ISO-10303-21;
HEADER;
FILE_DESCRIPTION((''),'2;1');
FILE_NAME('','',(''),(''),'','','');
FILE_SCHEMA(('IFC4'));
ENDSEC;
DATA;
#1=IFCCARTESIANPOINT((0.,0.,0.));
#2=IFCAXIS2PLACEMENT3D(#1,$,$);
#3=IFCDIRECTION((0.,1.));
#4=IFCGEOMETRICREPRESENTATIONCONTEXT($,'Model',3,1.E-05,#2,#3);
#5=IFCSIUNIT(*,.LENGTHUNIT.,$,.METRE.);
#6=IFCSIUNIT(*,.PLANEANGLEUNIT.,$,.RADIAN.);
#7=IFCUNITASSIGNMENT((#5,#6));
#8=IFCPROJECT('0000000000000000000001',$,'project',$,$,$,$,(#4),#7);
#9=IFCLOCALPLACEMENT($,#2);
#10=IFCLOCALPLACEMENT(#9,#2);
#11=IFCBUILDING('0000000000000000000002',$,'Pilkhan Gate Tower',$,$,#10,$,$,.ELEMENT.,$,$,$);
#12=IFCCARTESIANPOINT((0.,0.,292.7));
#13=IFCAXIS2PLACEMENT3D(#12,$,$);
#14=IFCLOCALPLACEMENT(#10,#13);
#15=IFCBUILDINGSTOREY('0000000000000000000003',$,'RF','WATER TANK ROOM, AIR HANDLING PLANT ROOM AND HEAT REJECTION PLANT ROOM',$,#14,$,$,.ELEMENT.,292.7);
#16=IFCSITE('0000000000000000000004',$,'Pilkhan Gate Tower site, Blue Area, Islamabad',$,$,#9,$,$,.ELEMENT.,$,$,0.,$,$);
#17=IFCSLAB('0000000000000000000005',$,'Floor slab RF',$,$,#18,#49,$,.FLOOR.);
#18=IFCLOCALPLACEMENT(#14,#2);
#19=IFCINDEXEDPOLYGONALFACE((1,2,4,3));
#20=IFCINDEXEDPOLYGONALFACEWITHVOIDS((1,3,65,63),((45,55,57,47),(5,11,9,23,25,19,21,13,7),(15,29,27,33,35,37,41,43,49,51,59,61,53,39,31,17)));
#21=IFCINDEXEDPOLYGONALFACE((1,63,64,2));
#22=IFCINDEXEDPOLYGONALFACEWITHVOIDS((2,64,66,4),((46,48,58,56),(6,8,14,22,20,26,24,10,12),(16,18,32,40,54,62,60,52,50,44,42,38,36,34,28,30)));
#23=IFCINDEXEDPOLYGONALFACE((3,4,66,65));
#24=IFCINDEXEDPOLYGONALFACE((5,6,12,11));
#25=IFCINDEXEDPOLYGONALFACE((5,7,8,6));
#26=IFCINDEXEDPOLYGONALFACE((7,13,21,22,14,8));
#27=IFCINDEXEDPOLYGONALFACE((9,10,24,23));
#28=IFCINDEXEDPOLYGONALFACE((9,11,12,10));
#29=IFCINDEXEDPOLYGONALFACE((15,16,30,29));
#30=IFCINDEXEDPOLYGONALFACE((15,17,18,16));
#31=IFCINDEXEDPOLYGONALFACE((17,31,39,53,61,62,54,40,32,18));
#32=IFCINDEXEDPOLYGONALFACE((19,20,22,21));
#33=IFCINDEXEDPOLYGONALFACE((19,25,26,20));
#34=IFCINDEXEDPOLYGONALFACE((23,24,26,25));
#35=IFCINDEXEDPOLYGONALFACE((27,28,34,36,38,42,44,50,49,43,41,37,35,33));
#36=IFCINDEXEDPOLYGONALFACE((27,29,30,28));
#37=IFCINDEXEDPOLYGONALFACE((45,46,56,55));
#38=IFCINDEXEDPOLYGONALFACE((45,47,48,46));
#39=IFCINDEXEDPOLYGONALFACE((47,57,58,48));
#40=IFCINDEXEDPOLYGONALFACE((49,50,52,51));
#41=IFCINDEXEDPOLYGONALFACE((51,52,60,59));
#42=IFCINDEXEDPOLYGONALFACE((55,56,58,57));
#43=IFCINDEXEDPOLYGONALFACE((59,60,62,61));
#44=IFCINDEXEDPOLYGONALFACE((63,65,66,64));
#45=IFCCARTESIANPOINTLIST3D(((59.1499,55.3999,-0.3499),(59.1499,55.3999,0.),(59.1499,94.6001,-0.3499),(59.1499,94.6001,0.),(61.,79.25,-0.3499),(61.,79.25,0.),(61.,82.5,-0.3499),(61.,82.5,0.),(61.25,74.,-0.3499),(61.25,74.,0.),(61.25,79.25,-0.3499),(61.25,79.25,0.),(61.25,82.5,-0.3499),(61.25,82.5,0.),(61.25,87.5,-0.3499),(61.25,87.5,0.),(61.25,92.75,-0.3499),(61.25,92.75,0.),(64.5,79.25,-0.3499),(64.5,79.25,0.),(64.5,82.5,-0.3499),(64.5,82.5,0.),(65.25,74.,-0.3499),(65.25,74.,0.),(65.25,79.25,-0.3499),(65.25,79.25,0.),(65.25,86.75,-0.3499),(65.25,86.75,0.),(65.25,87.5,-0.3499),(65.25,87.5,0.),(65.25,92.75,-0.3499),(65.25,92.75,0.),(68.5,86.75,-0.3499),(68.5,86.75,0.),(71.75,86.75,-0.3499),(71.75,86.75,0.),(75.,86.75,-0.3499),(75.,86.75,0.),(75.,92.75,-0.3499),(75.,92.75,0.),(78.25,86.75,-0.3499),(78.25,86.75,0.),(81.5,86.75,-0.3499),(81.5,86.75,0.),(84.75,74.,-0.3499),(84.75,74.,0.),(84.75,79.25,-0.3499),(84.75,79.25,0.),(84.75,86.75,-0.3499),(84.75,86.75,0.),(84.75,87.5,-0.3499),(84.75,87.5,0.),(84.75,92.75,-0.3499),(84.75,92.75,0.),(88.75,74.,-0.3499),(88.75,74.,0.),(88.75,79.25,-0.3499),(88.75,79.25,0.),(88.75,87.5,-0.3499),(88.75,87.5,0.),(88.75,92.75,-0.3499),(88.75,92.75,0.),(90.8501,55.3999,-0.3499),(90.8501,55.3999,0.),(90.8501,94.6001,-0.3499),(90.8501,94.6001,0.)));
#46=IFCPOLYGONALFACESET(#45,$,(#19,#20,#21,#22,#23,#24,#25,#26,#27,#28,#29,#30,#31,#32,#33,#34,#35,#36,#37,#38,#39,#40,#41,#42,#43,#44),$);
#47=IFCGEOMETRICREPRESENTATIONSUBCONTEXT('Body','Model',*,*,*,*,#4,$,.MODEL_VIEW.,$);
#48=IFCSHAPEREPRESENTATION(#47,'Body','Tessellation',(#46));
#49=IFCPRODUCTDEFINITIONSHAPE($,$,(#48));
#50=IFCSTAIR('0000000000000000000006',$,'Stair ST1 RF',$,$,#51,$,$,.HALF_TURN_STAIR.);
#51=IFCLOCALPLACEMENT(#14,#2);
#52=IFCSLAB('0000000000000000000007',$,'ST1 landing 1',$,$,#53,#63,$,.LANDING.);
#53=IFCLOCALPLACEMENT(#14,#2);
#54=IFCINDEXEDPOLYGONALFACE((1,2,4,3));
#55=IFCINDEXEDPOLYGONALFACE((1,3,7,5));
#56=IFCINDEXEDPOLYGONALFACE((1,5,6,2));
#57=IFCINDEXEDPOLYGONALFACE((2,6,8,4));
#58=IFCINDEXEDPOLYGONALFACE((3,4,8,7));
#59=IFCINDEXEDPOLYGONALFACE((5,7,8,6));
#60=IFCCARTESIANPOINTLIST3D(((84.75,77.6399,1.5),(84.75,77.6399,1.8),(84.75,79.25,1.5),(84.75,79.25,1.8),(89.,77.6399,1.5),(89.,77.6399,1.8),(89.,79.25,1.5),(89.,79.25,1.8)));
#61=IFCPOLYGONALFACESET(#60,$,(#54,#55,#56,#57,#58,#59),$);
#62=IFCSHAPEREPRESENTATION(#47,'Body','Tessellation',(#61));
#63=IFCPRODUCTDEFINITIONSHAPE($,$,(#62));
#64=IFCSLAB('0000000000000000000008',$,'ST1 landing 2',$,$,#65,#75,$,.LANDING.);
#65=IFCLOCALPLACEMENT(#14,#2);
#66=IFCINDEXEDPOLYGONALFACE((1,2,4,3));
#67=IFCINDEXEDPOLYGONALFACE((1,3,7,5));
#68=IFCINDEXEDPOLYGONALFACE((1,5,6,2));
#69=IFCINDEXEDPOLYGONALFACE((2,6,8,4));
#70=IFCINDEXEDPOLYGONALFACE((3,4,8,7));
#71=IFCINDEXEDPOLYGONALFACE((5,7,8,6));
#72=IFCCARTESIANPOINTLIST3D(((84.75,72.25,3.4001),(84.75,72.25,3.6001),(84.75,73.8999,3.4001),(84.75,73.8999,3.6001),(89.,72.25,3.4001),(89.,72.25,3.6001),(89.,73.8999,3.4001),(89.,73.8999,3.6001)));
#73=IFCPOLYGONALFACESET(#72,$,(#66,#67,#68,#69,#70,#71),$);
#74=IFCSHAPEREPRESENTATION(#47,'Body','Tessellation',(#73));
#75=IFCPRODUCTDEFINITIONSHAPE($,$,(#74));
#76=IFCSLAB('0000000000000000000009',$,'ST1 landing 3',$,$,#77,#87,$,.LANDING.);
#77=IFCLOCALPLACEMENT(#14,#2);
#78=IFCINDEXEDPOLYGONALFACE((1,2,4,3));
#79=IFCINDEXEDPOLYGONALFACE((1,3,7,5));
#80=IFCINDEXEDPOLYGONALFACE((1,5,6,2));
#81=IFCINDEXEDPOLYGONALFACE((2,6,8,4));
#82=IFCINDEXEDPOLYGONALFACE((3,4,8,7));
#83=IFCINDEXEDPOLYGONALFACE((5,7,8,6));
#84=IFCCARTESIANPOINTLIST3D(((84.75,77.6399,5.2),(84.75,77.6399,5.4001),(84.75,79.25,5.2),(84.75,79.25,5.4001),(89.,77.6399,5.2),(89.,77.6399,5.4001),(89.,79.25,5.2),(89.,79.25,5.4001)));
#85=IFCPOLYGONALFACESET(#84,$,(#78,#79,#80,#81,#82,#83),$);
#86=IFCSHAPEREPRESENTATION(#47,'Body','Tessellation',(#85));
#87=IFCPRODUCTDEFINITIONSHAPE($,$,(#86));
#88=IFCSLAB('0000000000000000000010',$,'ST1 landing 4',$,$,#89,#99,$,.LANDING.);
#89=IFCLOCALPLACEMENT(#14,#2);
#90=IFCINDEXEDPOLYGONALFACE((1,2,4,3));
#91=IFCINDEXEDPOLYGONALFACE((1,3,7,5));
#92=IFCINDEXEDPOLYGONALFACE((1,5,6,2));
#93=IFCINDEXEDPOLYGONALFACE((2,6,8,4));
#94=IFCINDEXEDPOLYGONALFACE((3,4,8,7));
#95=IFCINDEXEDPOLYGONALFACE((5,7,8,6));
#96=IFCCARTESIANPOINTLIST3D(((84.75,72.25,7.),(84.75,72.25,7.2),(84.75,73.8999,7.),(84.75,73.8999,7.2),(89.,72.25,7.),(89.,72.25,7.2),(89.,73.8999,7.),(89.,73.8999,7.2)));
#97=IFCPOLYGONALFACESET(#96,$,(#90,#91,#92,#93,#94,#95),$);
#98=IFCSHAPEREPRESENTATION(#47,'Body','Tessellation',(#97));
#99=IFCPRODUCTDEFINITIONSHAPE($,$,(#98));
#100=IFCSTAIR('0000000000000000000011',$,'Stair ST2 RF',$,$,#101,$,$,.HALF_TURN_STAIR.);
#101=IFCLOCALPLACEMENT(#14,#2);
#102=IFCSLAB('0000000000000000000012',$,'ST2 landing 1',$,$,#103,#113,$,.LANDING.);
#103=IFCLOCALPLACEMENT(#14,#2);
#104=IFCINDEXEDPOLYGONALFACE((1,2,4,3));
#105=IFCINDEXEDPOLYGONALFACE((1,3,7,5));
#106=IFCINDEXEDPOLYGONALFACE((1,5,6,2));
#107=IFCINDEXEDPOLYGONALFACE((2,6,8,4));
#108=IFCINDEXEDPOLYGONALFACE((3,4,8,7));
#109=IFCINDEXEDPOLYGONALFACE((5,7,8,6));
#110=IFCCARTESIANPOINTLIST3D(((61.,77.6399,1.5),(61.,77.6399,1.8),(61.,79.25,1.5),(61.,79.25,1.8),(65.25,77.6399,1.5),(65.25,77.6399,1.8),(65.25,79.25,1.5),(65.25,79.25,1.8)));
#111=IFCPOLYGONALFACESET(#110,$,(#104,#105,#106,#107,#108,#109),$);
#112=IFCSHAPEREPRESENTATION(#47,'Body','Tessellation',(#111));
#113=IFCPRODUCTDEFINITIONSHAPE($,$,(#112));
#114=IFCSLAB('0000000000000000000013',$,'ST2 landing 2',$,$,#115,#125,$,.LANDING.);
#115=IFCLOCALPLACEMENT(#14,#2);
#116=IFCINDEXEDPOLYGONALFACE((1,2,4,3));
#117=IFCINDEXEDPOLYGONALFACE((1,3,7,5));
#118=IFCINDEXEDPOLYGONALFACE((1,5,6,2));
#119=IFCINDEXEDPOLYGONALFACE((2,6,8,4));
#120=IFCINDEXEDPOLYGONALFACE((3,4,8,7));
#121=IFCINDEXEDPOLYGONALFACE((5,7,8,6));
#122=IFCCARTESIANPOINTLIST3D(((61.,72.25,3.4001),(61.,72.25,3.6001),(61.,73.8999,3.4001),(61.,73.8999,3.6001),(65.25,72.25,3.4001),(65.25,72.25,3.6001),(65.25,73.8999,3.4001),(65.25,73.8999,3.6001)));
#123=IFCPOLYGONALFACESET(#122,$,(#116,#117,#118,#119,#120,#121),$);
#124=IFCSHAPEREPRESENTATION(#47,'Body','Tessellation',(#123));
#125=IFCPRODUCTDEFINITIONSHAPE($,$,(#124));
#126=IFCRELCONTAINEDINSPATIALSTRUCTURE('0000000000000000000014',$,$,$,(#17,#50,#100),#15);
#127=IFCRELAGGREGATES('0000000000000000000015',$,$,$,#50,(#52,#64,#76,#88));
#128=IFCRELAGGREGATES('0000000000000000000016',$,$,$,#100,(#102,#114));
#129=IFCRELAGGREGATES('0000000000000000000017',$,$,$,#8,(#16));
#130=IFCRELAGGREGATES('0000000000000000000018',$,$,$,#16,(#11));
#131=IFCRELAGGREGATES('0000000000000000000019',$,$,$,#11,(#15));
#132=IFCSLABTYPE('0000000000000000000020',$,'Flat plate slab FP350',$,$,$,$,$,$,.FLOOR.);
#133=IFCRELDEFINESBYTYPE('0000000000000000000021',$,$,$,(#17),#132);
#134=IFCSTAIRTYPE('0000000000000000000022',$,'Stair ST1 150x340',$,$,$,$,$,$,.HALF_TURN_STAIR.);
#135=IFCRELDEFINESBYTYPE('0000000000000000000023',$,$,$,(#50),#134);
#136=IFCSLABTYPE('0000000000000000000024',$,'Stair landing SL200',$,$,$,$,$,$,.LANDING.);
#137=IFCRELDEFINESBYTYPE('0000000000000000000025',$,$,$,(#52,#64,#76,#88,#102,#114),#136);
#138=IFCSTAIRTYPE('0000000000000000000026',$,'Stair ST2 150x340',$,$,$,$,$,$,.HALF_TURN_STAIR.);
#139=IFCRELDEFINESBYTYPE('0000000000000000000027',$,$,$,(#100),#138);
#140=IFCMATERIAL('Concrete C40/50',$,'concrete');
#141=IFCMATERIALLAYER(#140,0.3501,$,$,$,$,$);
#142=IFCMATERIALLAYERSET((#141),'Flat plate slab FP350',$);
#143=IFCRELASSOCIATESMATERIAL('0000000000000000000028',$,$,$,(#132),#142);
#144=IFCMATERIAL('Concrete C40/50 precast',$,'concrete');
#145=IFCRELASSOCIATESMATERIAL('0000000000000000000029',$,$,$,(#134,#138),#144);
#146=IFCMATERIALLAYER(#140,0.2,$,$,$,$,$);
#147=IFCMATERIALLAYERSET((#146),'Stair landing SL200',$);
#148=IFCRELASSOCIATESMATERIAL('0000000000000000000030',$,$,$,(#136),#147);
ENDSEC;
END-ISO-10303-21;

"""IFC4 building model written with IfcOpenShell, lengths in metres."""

from ifc_helpers import new_model, si_unit, direction, frame, origin, place, context, subcontext, project, spatial, polyline, outline, extrude, material, layer, layer_set, type_object, element, aggregate, save


model = new_model("IFC4")

# Units and contexts
model_context = context("Model", 3, precision=1e-05, world=origin(), true_north=direction((0.0, 1.0)))
body_context = subcontext(model_context, "Body", "Model", "MODEL_VIEW")
ifc_project = project(units=[si_unit("LENGTHUNIT", "METRE"), si_unit("PLANEANGLEUNIT", "RADIAN")], contexts=[model_context])

# Site, building, storey
site_placement = place(None, origin())
site = spatial("IfcSite", under=ifc_project, at=site_placement, Name="Pilkhan Gate Tower site, Blue Area, Islamabad", CompositionType="ELEMENT", RefElevation=0.0)
building_placement = place(site_placement, origin())
building = spatial("IfcBuilding", under=site, at=building_placement, Name="Pilkhan Gate Tower", CompositionType="ELEMENT")
storey_placement = place(building_placement, frame((0.0, 0.0, 292.7)))
storey = spatial("IfcBuildingStorey", under=building, at=storey_placement, Name="RF", Description="WATER TANK ROOM, AIR HANDLING PLANT ROOM AND HEAT REJECTION PLANT ROOM", CompositionType="ELEMENT", Elevation=292.7)

# Slab
ifc_material_1 = material(Name="Concrete C40/50", Category="concrete")
ifc_layer_1 = layer(ifc_material_1, 0.3501)
ifc_layer_set_1 = layer_set([ifc_layer_1], Name="Flat plate slab FP350")
slab_type_1 = type_object("IfcSlabType", Name="Flat plate slab FP350", PredefinedType="FLOOR", material=ifc_layer_set_1)
slab_1_placement = place(storey_placement, frame((0.0, 0.0, -0.3499)))
element("IfcSlab", 1, at=slab_1_placement, inside=storey, type_object=slab_type_1, Name="Floor slab RF", PredefinedType="FLOOR", context=body_context, shape_type="SweptSolid", body=[
    extrude(outline(polyline([(59.1499, 94.6001), (90.8501, 94.6001), (90.8501, 55.3999), (59.1499, 55.3999), (59.1499, 94.6001)]), holes=[polyline([(78.25, 86.75), (81.5, 86.75), (84.75, 86.75), (84.75, 87.5), (88.75, 87.5), (88.75, 92.75), (84.75, 92.75), (75.0, 92.75), (65.25, 92.75), (61.25, 92.75), (61.25, 87.5), (65.25, 87.5), (65.25, 86.75), (68.5, 86.75), (71.75, 86.75), (75.0, 86.75), (78.25, 86.75)]), polyline([(84.75, 79.25), (84.75, 74.0), (88.75, 74.0), (88.75, 79.25), (84.75, 79.25)]), polyline([(65.25, 79.25), (64.5, 79.25), (64.5, 82.5), (61.25, 82.5), (61.0, 82.5), (61.0, 79.25), (61.25, 79.25), (61.25, 74.0), (65.25, 74.0), (65.25, 79.25)])]), origin(), (0.0, 0.0, 1.0), 0.3499),
])

# Stairs, slabs
ifc_material_2 = material(Name="Concrete C40/50 precast", Category="concrete")
stair_type_1 = type_object("IfcStairType", Name="Stair ST1 150x340", PredefinedType="HALF_TURN_STAIR", material=ifc_material_2)
stair_1_placement = place(storey_placement, origin())
stair_1 = element("IfcStair", 2, at=stair_1_placement, inside=storey, type_object=stair_type_1, Name="Stair ST1 RF", PredefinedType="HALF_TURN_STAIR")
ifc_layer_2 = layer(ifc_material_1, 0.2)
ifc_layer_set_2 = layer_set([ifc_layer_2], Name="Stair landing SL200")
slab_type_2 = type_object("IfcSlabType", Name="Stair landing SL200", PredefinedType="LANDING", material=ifc_layer_set_2)
slab_2_placement = place(storey_placement, frame((0.0, 0.0, 1.5)))
slab_2 = element("IfcSlab", 3, at=slab_2_placement, type_object=slab_type_2, Name="ST1 landing 1", PredefinedType="LANDING", context=body_context, shape_type="SweptSolid", body=[
    extrude(outline(polyline([(89.0, 77.6399), (89.0, 79.25), (84.75, 79.25), (84.75, 77.6399), (89.0, 77.6399)])), origin(), (0.0, 0.0, 1.0), 0.3),
])
slab_3_placement = place(storey_placement, frame((0.0, 0.0, 3.4001)))
slab_3 = element("IfcSlab", 4, at=slab_3_placement, type_object=slab_type_2, Name="ST1 landing 2", PredefinedType="LANDING", context=body_context, shape_type="SweptSolid", body=[
    extrude(outline(polyline([(89.0, 72.25), (89.0, 73.8999), (84.75, 73.8999), (84.75, 72.25), (89.0, 72.25)])), origin(), (0.0, 0.0, 1.0), 0.2),
])
slab_4_placement = place(storey_placement, frame((0.0, 0.0, 5.2)))
slab_4 = element("IfcSlab", 5, at=slab_4_placement, type_object=slab_type_2, Name="ST1 landing 3", PredefinedType="LANDING", context=body_context, shape_type="SweptSolid", body=[
    extrude(outline(polyline([(89.0, 77.6399), (89.0, 79.25), (84.75, 79.25), (84.75, 77.6399), (89.0, 77.6399)])), origin(), (0.0, 0.0, 1.0), 0.2002),
])
slab_5_placement = place(storey_placement, frame((0.0, 0.0, 7.0)))
slab_5 = element("IfcSlab", 6, at=slab_5_placement, type_object=slab_type_2, Name="ST1 landing 4", PredefinedType="LANDING", context=body_context, shape_type="SweptSolid", body=[
    extrude(outline(polyline([(89.0, 72.25), (89.0, 73.8999), (84.75, 73.8999), (84.75, 72.25), (89.0, 72.25)])), origin(), (0.0, 0.0, 1.0), 0.2),
])
aggregate(stair_1, [slab_2, slab_3, slab_4, slab_5])
stair_type_2 = type_object("IfcStairType", Name="Stair ST2 150x340", PredefinedType="HALF_TURN_STAIR", material=ifc_material_2)
stair_2_placement = place(storey_placement, origin())
stair_2 = element("IfcStair", 7, at=stair_2_placement, inside=storey, type_object=stair_type_2, Name="Stair ST2 RF", PredefinedType="HALF_TURN_STAIR")
slab_6_placement = place(storey_placement, frame((0.0, 0.0, 1.5)))
slab_6 = element("IfcSlab", 8, at=slab_6_placement, type_object=slab_type_2, Name="ST2 landing 1", PredefinedType="LANDING", context=body_context, shape_type="SweptSolid", body=[
    extrude(outline(polyline([(65.25, 77.6399), (65.25, 79.25), (61.0, 79.25), (61.0, 77.6399), (65.25, 77.6399)])), origin(), (0.0, 0.0, 1.0), 0.3),
])
slab_7_placement = place(storey_placement, frame((0.0, 0.0, 3.4001)))
slab_7 = element("IfcSlab", 9, at=slab_7_placement, type_object=slab_type_2, Name="ST2 landing 2", PredefinedType="LANDING", context=body_context, shape_type="SweptSolid", body=[
    extrude(outline(polyline([(65.25, 72.25), (65.25, 73.8999), (61.0, 73.8999), (61.0, 72.25), (65.25, 72.25)])), origin(), (0.0, 0.0, 1.0), 0.2),
])
aggregate(stair_2, [slab_6, slab_7])

save(model, "model.ifc")
